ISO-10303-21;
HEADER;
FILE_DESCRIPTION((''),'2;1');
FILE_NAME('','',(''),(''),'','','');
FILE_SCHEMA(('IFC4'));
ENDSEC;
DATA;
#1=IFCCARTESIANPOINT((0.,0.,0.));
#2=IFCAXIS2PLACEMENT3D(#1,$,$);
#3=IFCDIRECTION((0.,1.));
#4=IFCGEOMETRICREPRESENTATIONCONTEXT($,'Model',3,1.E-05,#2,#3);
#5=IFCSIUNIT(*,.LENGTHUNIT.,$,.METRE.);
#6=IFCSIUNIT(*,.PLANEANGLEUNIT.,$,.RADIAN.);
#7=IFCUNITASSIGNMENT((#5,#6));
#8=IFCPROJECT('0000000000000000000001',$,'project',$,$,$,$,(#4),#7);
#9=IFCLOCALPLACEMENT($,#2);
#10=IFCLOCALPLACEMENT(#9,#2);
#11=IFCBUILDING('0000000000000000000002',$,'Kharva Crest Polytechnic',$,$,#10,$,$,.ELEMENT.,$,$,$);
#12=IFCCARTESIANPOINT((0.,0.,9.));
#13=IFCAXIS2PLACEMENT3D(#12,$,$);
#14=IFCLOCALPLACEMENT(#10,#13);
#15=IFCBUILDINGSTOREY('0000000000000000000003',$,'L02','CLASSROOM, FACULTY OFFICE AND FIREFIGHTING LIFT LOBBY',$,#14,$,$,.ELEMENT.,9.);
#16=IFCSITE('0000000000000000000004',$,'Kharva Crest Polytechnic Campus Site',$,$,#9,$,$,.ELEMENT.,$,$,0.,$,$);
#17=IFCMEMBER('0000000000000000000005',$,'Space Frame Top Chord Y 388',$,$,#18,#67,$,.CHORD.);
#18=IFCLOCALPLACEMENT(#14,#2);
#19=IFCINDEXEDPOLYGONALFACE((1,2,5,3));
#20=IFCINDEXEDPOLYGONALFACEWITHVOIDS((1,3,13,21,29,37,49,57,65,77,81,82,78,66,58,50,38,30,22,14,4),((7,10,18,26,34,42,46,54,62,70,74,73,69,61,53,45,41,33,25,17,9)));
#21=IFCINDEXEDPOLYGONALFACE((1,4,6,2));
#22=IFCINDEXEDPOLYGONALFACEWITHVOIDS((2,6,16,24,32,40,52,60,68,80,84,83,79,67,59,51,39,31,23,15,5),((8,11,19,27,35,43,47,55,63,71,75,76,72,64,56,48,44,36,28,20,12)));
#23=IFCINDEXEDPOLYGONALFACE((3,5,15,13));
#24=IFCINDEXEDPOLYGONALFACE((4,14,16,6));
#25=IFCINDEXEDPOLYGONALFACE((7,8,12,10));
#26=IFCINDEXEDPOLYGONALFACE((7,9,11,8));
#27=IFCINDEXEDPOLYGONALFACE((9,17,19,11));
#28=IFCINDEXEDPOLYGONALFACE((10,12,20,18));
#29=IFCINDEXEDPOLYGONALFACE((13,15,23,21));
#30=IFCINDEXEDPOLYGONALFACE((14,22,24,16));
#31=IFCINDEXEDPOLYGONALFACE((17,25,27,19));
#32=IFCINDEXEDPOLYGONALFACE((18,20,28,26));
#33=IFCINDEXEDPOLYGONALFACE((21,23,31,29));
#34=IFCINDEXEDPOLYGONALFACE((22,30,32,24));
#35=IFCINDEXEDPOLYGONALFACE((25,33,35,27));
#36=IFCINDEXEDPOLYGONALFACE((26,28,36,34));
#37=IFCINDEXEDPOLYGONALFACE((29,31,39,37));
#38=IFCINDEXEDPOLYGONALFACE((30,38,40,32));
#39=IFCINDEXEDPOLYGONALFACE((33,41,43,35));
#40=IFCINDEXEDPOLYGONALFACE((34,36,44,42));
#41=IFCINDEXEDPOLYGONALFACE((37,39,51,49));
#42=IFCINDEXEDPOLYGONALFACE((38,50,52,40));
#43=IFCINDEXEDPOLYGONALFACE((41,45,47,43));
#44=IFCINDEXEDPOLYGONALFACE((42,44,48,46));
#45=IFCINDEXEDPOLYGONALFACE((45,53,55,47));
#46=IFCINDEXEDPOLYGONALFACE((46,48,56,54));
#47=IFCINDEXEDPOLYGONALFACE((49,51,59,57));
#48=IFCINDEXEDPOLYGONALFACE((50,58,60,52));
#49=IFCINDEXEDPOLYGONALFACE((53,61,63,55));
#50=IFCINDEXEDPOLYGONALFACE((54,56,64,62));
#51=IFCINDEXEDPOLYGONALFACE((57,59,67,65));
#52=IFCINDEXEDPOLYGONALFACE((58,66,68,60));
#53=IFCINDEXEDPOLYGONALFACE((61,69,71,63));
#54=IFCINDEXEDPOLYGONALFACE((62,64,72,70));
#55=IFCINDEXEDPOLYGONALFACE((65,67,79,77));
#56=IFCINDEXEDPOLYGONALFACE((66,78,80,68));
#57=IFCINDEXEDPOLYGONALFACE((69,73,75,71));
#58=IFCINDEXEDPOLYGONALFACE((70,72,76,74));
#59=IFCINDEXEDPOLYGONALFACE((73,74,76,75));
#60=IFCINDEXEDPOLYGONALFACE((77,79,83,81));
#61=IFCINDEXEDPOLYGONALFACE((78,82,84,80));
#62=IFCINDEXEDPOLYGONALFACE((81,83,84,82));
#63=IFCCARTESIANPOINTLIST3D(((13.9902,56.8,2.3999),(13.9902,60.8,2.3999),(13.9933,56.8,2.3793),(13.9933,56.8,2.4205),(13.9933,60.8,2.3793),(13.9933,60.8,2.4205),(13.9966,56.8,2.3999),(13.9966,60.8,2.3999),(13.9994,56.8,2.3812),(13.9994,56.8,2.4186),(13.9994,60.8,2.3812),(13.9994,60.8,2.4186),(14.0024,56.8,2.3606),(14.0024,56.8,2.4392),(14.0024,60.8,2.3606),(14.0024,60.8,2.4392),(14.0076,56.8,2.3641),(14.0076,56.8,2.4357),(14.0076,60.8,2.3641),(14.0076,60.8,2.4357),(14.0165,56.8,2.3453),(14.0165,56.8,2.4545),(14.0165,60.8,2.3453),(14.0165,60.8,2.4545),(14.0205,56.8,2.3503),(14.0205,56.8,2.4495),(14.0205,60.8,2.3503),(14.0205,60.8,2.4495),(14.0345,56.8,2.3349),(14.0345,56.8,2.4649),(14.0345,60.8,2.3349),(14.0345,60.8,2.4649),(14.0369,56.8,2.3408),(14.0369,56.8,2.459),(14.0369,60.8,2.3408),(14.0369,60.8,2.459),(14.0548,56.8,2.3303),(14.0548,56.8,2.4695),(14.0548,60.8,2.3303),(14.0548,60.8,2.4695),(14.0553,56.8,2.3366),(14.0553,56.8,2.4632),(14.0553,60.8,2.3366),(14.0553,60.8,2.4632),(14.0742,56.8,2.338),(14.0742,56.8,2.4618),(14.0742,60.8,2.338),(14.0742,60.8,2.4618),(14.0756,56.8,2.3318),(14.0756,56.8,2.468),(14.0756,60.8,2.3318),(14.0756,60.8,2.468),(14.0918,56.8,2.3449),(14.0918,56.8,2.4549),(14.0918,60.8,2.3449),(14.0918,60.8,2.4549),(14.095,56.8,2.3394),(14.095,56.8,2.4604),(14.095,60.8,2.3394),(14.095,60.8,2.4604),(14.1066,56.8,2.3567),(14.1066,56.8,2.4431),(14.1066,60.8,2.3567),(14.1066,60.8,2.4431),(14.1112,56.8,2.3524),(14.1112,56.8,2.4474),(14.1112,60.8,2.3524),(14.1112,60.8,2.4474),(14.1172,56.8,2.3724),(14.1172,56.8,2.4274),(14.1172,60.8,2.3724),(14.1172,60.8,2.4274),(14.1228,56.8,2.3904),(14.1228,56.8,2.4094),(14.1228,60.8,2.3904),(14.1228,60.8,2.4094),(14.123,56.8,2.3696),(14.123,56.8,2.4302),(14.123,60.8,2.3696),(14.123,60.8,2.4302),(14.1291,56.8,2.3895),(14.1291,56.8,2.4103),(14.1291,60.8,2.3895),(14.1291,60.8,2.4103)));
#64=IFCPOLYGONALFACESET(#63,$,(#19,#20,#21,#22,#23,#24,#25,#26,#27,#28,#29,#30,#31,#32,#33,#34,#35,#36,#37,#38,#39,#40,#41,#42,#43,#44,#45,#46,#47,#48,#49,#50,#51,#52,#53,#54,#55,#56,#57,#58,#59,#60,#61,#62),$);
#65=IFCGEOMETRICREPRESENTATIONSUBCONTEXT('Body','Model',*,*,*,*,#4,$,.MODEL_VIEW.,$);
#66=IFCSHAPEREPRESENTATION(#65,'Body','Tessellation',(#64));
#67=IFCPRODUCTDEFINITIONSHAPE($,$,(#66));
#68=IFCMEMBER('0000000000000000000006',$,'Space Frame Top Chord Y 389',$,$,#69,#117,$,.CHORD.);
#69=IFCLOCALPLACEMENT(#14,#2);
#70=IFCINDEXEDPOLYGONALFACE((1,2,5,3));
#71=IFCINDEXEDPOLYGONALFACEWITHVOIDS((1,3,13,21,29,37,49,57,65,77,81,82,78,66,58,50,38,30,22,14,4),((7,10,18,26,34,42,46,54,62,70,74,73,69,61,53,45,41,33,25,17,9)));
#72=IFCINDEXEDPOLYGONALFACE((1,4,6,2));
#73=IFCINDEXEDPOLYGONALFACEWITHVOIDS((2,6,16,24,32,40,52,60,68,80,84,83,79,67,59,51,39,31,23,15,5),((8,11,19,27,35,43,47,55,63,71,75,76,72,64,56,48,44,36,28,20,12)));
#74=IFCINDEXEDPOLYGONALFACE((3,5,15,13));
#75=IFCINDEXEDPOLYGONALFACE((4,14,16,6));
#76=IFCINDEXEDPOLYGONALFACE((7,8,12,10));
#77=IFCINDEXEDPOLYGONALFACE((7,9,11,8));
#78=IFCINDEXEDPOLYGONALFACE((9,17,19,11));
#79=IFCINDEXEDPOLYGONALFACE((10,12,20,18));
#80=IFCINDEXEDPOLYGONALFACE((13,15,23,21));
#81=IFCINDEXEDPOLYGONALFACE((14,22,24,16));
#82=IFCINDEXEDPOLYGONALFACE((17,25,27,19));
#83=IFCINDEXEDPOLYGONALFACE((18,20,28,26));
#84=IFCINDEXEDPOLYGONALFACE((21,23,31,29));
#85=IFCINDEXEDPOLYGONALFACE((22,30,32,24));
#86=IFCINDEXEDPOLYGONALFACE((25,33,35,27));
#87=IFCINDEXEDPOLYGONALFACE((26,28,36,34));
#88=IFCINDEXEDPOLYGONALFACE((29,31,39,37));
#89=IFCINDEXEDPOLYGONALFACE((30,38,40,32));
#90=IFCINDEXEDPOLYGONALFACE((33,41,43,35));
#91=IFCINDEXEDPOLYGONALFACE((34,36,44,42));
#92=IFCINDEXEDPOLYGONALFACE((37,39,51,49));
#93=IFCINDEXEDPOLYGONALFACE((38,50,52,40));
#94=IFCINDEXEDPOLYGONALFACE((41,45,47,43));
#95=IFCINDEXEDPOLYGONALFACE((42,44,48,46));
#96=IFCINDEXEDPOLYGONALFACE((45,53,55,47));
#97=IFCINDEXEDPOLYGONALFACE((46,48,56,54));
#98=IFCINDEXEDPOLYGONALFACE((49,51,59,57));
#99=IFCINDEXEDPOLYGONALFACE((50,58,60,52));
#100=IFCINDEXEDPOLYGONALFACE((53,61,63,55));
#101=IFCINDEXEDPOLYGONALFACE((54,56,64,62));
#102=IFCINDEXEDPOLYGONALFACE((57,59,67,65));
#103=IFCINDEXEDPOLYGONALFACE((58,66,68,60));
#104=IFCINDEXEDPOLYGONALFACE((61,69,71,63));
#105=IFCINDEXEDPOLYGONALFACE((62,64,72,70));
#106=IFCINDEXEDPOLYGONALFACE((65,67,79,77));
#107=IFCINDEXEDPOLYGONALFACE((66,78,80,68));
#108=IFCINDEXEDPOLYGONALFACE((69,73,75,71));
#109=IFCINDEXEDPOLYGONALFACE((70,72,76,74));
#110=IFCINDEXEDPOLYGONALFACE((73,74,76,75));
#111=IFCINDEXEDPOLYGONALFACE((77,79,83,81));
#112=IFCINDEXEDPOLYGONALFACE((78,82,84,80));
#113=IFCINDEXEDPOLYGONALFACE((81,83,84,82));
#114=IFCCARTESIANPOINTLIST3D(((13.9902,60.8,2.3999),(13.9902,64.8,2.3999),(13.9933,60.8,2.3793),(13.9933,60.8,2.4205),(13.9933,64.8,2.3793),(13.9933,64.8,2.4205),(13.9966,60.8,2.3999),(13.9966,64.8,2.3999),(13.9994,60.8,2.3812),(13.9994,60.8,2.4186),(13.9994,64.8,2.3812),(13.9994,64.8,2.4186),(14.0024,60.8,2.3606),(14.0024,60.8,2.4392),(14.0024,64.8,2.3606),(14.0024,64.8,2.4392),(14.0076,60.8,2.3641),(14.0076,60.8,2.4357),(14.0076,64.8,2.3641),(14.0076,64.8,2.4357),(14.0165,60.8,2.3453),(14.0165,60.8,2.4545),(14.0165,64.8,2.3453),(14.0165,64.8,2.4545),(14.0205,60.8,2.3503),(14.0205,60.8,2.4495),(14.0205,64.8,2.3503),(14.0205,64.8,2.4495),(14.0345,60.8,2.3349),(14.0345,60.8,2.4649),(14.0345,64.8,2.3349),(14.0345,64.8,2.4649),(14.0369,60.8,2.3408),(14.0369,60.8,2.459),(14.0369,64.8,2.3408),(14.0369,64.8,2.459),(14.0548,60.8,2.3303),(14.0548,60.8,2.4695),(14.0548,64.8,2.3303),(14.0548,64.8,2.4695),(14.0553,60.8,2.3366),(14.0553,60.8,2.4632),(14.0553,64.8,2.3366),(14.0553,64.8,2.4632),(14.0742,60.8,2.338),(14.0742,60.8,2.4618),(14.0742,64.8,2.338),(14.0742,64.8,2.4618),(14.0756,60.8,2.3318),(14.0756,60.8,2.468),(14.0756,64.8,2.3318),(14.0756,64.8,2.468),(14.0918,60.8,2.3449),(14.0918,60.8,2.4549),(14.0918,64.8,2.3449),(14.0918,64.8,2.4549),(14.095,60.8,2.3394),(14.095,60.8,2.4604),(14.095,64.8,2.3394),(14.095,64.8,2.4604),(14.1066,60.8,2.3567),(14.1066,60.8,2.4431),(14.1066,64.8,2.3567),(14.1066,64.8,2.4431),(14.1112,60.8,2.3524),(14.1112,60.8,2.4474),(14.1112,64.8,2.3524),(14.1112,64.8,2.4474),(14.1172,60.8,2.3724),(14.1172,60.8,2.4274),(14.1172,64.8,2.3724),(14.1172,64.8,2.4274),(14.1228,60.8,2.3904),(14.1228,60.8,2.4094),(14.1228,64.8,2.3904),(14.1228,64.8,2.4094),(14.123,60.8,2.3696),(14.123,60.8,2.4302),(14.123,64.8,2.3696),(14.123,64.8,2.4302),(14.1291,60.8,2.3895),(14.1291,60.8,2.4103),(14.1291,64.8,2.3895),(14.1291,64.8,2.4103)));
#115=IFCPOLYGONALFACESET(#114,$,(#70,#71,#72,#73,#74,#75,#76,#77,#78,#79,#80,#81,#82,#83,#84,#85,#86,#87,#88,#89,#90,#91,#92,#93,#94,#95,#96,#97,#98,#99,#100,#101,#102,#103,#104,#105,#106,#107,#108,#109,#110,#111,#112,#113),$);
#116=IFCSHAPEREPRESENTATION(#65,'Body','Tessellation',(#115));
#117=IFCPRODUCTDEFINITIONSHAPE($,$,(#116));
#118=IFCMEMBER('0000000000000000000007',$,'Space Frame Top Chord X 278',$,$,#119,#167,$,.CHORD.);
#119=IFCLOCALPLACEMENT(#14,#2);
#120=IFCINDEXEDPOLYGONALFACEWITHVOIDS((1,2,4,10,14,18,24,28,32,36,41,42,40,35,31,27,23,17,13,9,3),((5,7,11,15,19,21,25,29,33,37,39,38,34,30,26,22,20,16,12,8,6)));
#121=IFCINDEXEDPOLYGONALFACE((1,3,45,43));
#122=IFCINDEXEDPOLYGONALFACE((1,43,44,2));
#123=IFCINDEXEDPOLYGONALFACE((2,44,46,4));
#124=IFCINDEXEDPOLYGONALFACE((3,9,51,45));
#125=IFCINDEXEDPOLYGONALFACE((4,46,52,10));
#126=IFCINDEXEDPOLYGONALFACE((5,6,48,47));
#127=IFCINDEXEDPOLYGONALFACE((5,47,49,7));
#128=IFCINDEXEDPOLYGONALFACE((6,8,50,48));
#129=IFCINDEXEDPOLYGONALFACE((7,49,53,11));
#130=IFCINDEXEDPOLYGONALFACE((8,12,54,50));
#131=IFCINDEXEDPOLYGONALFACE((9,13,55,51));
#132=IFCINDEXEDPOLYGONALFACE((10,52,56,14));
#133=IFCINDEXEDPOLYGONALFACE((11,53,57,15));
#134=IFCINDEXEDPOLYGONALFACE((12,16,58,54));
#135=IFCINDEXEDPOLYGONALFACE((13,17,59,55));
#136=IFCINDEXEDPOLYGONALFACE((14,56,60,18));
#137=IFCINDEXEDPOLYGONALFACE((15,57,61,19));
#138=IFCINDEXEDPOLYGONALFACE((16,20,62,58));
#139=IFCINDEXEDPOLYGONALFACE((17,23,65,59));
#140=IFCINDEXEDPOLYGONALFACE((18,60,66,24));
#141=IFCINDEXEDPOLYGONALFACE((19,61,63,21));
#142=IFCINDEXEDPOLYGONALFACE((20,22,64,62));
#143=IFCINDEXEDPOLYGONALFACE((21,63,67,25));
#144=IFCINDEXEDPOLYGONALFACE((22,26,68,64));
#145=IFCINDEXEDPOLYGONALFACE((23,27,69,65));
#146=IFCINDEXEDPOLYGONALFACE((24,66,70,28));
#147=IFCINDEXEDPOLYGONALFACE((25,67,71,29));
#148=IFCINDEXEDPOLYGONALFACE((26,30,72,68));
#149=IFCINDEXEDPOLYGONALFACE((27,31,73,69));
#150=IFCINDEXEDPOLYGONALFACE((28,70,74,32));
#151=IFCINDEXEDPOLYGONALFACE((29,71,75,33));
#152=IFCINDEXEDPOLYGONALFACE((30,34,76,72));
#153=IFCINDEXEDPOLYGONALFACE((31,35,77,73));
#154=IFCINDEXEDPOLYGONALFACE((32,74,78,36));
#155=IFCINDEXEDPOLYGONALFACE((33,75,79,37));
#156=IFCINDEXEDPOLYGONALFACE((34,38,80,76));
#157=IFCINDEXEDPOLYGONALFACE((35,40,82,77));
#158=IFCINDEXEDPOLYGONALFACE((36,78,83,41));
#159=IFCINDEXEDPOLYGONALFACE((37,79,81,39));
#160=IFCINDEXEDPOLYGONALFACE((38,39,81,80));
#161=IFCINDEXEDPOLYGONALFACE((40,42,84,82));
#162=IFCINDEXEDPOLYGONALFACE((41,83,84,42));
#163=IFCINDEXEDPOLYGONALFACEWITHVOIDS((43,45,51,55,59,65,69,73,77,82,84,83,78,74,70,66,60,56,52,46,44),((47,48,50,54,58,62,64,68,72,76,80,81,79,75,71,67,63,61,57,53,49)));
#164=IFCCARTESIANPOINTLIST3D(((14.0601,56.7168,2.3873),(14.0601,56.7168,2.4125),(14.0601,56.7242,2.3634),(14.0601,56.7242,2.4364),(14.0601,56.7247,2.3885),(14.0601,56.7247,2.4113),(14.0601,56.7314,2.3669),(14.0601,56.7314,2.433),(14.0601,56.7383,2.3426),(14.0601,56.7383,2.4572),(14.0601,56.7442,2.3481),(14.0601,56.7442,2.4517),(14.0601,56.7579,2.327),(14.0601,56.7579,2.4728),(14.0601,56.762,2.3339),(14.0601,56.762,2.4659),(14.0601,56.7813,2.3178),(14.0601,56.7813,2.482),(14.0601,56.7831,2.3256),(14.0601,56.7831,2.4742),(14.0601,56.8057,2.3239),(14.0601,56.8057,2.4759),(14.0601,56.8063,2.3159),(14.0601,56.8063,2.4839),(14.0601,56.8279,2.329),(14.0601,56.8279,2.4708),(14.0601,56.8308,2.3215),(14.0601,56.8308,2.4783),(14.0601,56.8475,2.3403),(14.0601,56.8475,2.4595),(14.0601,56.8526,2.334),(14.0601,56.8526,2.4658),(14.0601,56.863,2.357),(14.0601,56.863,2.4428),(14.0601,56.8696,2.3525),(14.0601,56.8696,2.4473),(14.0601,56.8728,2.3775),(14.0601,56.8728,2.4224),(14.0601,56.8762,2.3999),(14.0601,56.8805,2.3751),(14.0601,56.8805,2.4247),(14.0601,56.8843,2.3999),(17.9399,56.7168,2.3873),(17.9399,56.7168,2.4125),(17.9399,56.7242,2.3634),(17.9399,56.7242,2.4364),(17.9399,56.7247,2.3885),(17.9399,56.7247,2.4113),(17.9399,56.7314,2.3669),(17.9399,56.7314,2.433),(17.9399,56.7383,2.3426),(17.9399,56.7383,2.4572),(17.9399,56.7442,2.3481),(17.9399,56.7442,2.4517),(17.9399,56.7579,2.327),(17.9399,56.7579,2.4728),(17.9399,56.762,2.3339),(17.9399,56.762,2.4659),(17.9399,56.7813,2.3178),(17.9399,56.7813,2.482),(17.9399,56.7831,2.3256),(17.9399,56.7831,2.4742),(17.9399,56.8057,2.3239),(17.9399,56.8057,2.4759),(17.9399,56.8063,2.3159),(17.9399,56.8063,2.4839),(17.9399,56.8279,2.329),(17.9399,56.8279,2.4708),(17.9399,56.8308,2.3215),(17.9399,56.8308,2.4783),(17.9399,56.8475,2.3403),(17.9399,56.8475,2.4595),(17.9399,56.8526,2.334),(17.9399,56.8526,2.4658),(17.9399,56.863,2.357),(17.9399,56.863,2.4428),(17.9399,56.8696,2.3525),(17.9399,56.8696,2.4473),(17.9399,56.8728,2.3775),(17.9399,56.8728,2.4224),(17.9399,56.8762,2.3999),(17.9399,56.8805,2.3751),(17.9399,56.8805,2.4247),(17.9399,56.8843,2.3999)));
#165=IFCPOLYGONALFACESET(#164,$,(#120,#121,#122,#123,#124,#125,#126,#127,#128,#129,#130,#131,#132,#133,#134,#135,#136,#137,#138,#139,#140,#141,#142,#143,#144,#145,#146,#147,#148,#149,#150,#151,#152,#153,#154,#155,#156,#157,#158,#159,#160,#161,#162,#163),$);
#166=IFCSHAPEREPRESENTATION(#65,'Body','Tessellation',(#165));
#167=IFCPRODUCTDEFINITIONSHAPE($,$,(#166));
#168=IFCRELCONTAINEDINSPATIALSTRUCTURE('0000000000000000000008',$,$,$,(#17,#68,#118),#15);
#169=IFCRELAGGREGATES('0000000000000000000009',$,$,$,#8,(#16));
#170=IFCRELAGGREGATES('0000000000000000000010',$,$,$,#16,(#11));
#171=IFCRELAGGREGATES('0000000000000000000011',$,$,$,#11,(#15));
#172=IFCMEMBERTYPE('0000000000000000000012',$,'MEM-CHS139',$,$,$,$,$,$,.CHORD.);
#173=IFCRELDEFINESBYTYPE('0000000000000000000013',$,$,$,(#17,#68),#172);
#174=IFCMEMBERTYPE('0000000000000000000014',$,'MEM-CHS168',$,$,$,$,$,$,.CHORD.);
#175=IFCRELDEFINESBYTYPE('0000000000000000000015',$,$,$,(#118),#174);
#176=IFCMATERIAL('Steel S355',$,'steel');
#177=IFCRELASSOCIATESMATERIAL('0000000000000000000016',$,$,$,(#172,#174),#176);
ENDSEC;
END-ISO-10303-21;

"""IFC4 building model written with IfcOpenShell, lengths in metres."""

from ifc_helpers import new_model, si_unit, direction, frame, origin, origin_2d, place, context, subcontext, project, spatial, hollow_circle, extrude, material, material_profile, profile_set, type_object, element, save


model = new_model("IFC4")

# Units and contexts
model_context = context("Model", 3, precision=1e-05, world=origin(), true_north=direction((0.0, 1.0)))
body_context = subcontext(model_context, "Body", "Model", "MODEL_VIEW")
ifc_project = project(units=[si_unit("LENGTHUNIT", "METRE"), si_unit("PLANEANGLEUNIT", "RADIAN")], contexts=[model_context])

# Site, building, storey
site_placement = place(None, origin())
site = spatial("IfcSite", under=ifc_project, at=site_placement, Name="Kharva Crest Polytechnic Campus Site", CompositionType="ELEMENT", RefElevation=0.0)
building_placement = place(site_placement, origin())
building = spatial("IfcBuilding", under=site, at=building_placement, Name="Kharva Crest Polytechnic", CompositionType="ELEMENT")
storey_placement = place(building_placement, frame((0.0, 0.0, 9.0)))
storey = spatial("IfcBuildingStorey", under=building, at=storey_placement, Name="L02", Description="CLASSROOM, FACULTY OFFICE AND FIREFIGHTING LIFT LOBBY", CompositionType="ELEMENT", Elevation=9.0)

# Shared definitions
ifc_material_1 = material(Name="Steel S355", Category="steel")

# Members
ifc_material_profile_1 = material_profile(ifc_material_1, hollow_circle(Radius=0.0698, WallThickness=0.0063, at=origin_2d()), Name="CHS 139.7X6.3")
ifc_profile_set_1 = profile_set([ifc_material_profile_1], Name="Steel S355")
member_type_1 = type_object("IfcMemberType", Name="MEM-CHS139", PredefinedType="CHORD", material=ifc_profile_set_1)
for number, where, z_axis, x_axis, name in (
    (1, (14.0601, 56.8, 2.3999), (0.0, 1.0, 0.0), (-1.0, 0.0, 0.0), "Space Frame Top Chord Y 388"),
    (2, (14.0601, 60.8, 2.3999), (0.0, 1.0, 0.0), (-1.0, 0.0, 0.0), "Space Frame Top Chord Y 389"),
):
    element("IfcMember", number, at=place(storey_placement, frame(where, z_axis=z_axis, x_axis=x_axis)), inside=storey, type_object=member_type_1, Name=name, PredefinedType="CHORD", context=body_context, shape_type="SweptSolid", body=[
        extrude(hollow_circle(Radius=0.0698, WallThickness=0.0063, at=origin_2d()), origin(), (0.0, 0.0, 1.0), 4.0),
    ])
ifc_material_profile_2 = material_profile(ifc_material_1, hollow_circle(Radius=0.0842, WallThickness=0.0081, at=origin_2d()), Name="CHS 168.3X8.0")
ifc_profile_set_2 = profile_set([ifc_material_profile_2], Name="Steel S355")
member_type_2 = type_object("IfcMemberType", Name="MEM-CHS168", PredefinedType="CHORD", material=ifc_profile_set_2)
for number, where, z_axis, x_axis, name in (
    (3, (14.0601, 56.8, 2.3999), (1.0, 0.0, 0.0), (0.0, 1.0, 0.0), "Space Frame Top Chord X 278"),
):
    element("IfcMember", number, at=place(storey_placement, frame(where, z_axis=z_axis, x_axis=x_axis)), inside=storey, type_object=member_type_2, Name=name, PredefinedType="CHORD", context=body_context, shape_type="SweptSolid", body=[
        extrude(hollow_circle(Radius=0.0842, WallThickness=0.0081, at=origin_2d()), origin(), (0.0, 0.0, 1.0), 3.8799),
    ])

save(model, "model.ifc")
